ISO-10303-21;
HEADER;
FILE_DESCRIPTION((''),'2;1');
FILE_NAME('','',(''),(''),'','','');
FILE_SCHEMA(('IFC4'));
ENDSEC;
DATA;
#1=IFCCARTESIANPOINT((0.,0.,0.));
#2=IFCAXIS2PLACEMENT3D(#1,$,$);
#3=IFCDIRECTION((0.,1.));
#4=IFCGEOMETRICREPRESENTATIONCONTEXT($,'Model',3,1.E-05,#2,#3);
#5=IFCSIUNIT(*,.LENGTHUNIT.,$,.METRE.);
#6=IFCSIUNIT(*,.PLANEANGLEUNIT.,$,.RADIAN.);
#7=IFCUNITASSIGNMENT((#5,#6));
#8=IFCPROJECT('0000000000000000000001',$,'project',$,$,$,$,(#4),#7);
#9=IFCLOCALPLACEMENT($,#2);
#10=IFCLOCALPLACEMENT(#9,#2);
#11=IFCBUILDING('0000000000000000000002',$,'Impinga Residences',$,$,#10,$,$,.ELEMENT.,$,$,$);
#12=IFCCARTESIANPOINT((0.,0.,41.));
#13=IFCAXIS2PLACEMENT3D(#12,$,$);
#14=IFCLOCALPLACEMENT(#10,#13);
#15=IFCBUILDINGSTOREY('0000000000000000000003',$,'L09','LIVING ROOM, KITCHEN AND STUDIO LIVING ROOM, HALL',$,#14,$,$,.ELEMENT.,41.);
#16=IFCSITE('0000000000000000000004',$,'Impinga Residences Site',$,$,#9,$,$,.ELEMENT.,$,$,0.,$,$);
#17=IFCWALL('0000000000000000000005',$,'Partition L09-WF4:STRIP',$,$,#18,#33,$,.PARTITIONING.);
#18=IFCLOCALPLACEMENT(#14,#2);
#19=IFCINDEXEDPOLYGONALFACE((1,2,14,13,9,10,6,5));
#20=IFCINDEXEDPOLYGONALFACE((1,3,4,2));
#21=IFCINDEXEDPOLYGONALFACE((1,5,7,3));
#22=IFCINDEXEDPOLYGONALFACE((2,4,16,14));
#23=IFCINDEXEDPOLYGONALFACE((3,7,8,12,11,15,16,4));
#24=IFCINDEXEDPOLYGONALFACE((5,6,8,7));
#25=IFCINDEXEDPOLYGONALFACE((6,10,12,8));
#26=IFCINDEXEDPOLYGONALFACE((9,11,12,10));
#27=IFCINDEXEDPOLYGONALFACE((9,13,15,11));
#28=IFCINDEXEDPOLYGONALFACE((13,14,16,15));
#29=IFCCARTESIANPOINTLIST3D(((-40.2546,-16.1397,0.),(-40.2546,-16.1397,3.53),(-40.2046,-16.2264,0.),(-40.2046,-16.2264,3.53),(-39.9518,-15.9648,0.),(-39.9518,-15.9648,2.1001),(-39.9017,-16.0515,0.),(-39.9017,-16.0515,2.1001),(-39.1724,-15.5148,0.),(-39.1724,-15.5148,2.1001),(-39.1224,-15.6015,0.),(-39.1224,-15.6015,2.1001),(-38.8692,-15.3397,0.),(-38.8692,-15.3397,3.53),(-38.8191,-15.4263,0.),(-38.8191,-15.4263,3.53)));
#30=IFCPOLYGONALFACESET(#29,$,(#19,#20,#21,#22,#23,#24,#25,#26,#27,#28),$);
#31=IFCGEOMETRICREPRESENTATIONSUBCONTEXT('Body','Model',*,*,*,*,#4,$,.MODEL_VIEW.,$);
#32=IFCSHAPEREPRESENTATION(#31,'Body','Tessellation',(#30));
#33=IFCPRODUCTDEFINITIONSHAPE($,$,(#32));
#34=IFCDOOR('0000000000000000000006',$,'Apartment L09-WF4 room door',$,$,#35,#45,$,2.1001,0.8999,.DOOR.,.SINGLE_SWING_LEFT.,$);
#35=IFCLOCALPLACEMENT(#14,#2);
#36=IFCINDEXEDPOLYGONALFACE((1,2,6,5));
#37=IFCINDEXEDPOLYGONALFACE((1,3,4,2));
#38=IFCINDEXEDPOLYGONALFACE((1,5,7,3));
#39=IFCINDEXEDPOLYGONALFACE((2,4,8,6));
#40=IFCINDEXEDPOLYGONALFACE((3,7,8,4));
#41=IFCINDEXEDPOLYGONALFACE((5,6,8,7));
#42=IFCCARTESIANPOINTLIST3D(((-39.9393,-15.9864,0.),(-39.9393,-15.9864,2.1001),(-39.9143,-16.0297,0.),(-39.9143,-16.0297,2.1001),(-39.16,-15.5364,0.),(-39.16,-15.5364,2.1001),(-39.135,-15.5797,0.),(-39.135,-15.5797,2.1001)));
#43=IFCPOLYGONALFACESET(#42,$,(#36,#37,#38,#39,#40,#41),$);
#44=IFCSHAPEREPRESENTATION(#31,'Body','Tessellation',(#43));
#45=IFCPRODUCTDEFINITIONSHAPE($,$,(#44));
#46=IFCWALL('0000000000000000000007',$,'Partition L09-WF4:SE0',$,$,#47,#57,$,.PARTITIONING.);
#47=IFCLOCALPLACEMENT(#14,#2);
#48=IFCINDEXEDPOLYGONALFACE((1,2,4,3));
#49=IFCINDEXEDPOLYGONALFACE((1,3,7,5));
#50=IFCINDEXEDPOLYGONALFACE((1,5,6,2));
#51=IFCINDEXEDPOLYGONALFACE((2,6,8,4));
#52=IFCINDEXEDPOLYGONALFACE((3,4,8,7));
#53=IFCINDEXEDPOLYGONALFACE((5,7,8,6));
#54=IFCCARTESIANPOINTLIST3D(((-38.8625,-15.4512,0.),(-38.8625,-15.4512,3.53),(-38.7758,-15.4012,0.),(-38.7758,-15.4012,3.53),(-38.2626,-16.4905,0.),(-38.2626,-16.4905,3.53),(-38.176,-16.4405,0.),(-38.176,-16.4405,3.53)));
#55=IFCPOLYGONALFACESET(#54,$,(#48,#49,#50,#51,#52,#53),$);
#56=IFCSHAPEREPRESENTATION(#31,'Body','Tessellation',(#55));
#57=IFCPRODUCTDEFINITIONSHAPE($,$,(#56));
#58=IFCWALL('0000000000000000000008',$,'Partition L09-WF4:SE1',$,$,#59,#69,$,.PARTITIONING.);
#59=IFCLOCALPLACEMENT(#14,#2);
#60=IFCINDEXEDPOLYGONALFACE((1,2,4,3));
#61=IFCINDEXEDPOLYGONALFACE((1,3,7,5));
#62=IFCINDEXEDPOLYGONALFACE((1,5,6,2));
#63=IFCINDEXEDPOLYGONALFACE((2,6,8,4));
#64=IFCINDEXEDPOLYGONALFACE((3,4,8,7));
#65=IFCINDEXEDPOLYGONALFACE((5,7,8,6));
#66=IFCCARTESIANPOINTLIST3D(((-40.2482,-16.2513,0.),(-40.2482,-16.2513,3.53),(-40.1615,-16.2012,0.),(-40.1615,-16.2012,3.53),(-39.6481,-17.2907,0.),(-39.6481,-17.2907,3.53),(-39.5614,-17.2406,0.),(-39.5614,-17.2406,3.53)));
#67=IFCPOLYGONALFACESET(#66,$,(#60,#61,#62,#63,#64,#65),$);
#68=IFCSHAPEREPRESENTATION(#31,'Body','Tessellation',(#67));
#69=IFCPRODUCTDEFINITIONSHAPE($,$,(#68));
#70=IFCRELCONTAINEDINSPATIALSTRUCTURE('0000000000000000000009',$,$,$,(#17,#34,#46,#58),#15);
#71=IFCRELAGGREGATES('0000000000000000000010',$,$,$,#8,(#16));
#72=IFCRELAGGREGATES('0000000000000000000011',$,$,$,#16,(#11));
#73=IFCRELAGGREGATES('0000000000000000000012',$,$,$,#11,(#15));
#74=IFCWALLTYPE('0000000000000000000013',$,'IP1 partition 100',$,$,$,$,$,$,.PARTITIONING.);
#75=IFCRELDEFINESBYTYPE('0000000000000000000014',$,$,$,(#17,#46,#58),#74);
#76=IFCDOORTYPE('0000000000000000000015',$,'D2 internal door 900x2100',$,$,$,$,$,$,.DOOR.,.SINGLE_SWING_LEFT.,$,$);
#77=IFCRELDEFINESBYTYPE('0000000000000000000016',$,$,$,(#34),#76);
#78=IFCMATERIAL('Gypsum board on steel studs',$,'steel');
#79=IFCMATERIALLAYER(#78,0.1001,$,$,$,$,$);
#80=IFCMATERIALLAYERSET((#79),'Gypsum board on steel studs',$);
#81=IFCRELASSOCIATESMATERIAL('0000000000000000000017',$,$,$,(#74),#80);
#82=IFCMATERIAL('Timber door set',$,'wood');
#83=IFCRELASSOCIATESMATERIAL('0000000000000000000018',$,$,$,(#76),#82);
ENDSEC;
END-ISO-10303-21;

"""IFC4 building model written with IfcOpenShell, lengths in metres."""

from ifc_helpers import new_model, si_unit, direction, frame, frame_2d, origin, place, context, subcontext, project, spatial, rectangle, extrude, material, layer, layer_set, type_object, element, fill, save


model = new_model("IFC4")

# Units and contexts
model_context = context("Model", 3, precision=1e-05, world=origin(), true_north=direction((0.0, 1.0)))
body_context = subcontext(model_context, "Body", "Model", "MODEL_VIEW")
ifc_project = project(units=[si_unit("LENGTHUNIT", "METRE"), si_unit("PLANEANGLEUNIT", "RADIAN")], contexts=[model_context])

# Site, building, storey
site_placement = place(None, origin())
site = spatial("IfcSite", under=ifc_project, at=site_placement, Name="Impinga Residences Site", CompositionType="ELEMENT", RefElevation=0.0)
building_placement = place(site_placement, origin())
building = spatial("IfcBuilding", under=site, at=building_placement, Name="Impinga Residences", CompositionType="ELEMENT")
storey_placement = place(building_placement, frame((0.0, 0.0, 41.0)))
storey = spatial("IfcBuildingStorey", under=building, at=storey_placement, Name="L09", Description="LIVING ROOM, KITCHEN AND STUDIO LIVING ROOM, HALL", CompositionType="ELEMENT", Elevation=41.0)

# Shared definitions
ifc_material_1 = material(Name="Gypsum board on steel studs", Category="steel")
ifc_layer_1 = layer(ifc_material_1, 0.1001)
ifc_layer_set_1 = layer_set([ifc_layer_1], Name="Gypsum board on steel studs")
wall_type_1 = type_object("IfcWallType", Name="IP1 partition 100", PredefinedType="PARTITIONING", material=ifc_layer_set_1)

# Wall, opening, door
wall_1_placement = place(storey_placement, frame((-38.8442, -15.3831, 0.0), z_axis=(0.0, 0.0, 1.0), x_axis=(-0.86599, -0.500061, 0.0)))
wall_1 = element("IfcWall", 1, at=wall_1_placement, inside=storey, type_object=wall_type_1, Name="Partition L09-WF4:STRIP", PredefinedType="PARTITIONING", context=body_context, shape_type="SweptSolid", body=[
    extrude(rectangle(XDim=1.5999, YDim=0.1001, at=frame_2d((0.7998, 0.0))), origin(), (0.0, 0.0, 1.0), 3.53),
])
opening_1_placement = place(wall_1_placement, frame((0.3501, 0.0, 0.0)))
opening_1 = element("IfcOpeningElement", 2, at=opening_1_placement, cuts=wall_1, PredefinedType="OPENING", context=body_context, shape_type="SweptSolid", body=[
    extrude(rectangle(XDim=0.8999, YDim=2.1001, at=frame_2d((0.45, 1.05))), frame((0.0, 0.0601, 0.0), z_axis=(0.0, -1.0, 0.0), x_axis=(1.0, 0.0, 0.0)), (0.0, 0.0, 1.0), 0.1201),
])
ifc_material_2 = material(Name="Timber door set", Category="wood")
door_type = type_object("IfcDoorType", Name="D2 internal door 900x2100", OperationType="SINGLE_SWING_LEFT", PredefinedType="DOOR", material=ifc_material_2)
door_placement = place(opening_1_placement, origin())
door = element("IfcDoor", 3, at=door_placement, inside=storey, type_object=door_type, Name="Apartment L09-WF4 room door", OperationType="SINGLE_SWING_LEFT", OverallHeight=2.1001, OverallWidth=0.8999, PredefinedType="DOOR", context=body_context, shape_type="SweptSolid", body=[
    extrude(rectangle(XDim=0.8999, YDim=2.1001, at=frame_2d((0.45, 1.05))), frame((0.0, 0.0249, 0.0), z_axis=(0.0, -1.0, 0.0), x_axis=(1.0, 0.0, 0.0)), (0.0, 0.0, 1.0), 0.05),
])
fill(opening_1, door)

# Walls
wall_2_placement = place(storey_placement, frame((-38.2192, -16.4656, 0.0), z_axis=(0.0, 0.0, 1.0), x_axis=(-0.499881, 0.866094, 0.0)))
element("IfcWall", 4, at=wall_2_placement, inside=storey, type_object=wall_type_1, Name="Partition L09-WF4:SE0", PredefinedType="PARTITIONING", context=body_context, shape_type="SweptSolid", body=[
    extrude(rectangle(XDim=1.2, YDim=0.1001, at=frame_2d((0.6001, 0.0))), origin(), (0.0, 0.0, 1.0), 3.53),
])
wall_3_placement = place(storey_placement, frame((-39.6047, -17.2656, 0.0), z_axis=(0.0, 0.0, 1.0), x_axis=(-0.500034, 0.866006, 0.0)))
element("IfcWall", 5, at=wall_3_placement, inside=storey, type_object=wall_type_1, Name="Partition L09-WF4:SE1", PredefinedType="PARTITIONING", context=body_context, shape_type="SweptSolid", body=[
    extrude(rectangle(XDim=1.2002, YDim=0.1001, at=frame_2d((0.6001, 0.0))), origin(), (0.0, 0.0, 1.0), 3.53),
])

save(model, "model.ifc")
